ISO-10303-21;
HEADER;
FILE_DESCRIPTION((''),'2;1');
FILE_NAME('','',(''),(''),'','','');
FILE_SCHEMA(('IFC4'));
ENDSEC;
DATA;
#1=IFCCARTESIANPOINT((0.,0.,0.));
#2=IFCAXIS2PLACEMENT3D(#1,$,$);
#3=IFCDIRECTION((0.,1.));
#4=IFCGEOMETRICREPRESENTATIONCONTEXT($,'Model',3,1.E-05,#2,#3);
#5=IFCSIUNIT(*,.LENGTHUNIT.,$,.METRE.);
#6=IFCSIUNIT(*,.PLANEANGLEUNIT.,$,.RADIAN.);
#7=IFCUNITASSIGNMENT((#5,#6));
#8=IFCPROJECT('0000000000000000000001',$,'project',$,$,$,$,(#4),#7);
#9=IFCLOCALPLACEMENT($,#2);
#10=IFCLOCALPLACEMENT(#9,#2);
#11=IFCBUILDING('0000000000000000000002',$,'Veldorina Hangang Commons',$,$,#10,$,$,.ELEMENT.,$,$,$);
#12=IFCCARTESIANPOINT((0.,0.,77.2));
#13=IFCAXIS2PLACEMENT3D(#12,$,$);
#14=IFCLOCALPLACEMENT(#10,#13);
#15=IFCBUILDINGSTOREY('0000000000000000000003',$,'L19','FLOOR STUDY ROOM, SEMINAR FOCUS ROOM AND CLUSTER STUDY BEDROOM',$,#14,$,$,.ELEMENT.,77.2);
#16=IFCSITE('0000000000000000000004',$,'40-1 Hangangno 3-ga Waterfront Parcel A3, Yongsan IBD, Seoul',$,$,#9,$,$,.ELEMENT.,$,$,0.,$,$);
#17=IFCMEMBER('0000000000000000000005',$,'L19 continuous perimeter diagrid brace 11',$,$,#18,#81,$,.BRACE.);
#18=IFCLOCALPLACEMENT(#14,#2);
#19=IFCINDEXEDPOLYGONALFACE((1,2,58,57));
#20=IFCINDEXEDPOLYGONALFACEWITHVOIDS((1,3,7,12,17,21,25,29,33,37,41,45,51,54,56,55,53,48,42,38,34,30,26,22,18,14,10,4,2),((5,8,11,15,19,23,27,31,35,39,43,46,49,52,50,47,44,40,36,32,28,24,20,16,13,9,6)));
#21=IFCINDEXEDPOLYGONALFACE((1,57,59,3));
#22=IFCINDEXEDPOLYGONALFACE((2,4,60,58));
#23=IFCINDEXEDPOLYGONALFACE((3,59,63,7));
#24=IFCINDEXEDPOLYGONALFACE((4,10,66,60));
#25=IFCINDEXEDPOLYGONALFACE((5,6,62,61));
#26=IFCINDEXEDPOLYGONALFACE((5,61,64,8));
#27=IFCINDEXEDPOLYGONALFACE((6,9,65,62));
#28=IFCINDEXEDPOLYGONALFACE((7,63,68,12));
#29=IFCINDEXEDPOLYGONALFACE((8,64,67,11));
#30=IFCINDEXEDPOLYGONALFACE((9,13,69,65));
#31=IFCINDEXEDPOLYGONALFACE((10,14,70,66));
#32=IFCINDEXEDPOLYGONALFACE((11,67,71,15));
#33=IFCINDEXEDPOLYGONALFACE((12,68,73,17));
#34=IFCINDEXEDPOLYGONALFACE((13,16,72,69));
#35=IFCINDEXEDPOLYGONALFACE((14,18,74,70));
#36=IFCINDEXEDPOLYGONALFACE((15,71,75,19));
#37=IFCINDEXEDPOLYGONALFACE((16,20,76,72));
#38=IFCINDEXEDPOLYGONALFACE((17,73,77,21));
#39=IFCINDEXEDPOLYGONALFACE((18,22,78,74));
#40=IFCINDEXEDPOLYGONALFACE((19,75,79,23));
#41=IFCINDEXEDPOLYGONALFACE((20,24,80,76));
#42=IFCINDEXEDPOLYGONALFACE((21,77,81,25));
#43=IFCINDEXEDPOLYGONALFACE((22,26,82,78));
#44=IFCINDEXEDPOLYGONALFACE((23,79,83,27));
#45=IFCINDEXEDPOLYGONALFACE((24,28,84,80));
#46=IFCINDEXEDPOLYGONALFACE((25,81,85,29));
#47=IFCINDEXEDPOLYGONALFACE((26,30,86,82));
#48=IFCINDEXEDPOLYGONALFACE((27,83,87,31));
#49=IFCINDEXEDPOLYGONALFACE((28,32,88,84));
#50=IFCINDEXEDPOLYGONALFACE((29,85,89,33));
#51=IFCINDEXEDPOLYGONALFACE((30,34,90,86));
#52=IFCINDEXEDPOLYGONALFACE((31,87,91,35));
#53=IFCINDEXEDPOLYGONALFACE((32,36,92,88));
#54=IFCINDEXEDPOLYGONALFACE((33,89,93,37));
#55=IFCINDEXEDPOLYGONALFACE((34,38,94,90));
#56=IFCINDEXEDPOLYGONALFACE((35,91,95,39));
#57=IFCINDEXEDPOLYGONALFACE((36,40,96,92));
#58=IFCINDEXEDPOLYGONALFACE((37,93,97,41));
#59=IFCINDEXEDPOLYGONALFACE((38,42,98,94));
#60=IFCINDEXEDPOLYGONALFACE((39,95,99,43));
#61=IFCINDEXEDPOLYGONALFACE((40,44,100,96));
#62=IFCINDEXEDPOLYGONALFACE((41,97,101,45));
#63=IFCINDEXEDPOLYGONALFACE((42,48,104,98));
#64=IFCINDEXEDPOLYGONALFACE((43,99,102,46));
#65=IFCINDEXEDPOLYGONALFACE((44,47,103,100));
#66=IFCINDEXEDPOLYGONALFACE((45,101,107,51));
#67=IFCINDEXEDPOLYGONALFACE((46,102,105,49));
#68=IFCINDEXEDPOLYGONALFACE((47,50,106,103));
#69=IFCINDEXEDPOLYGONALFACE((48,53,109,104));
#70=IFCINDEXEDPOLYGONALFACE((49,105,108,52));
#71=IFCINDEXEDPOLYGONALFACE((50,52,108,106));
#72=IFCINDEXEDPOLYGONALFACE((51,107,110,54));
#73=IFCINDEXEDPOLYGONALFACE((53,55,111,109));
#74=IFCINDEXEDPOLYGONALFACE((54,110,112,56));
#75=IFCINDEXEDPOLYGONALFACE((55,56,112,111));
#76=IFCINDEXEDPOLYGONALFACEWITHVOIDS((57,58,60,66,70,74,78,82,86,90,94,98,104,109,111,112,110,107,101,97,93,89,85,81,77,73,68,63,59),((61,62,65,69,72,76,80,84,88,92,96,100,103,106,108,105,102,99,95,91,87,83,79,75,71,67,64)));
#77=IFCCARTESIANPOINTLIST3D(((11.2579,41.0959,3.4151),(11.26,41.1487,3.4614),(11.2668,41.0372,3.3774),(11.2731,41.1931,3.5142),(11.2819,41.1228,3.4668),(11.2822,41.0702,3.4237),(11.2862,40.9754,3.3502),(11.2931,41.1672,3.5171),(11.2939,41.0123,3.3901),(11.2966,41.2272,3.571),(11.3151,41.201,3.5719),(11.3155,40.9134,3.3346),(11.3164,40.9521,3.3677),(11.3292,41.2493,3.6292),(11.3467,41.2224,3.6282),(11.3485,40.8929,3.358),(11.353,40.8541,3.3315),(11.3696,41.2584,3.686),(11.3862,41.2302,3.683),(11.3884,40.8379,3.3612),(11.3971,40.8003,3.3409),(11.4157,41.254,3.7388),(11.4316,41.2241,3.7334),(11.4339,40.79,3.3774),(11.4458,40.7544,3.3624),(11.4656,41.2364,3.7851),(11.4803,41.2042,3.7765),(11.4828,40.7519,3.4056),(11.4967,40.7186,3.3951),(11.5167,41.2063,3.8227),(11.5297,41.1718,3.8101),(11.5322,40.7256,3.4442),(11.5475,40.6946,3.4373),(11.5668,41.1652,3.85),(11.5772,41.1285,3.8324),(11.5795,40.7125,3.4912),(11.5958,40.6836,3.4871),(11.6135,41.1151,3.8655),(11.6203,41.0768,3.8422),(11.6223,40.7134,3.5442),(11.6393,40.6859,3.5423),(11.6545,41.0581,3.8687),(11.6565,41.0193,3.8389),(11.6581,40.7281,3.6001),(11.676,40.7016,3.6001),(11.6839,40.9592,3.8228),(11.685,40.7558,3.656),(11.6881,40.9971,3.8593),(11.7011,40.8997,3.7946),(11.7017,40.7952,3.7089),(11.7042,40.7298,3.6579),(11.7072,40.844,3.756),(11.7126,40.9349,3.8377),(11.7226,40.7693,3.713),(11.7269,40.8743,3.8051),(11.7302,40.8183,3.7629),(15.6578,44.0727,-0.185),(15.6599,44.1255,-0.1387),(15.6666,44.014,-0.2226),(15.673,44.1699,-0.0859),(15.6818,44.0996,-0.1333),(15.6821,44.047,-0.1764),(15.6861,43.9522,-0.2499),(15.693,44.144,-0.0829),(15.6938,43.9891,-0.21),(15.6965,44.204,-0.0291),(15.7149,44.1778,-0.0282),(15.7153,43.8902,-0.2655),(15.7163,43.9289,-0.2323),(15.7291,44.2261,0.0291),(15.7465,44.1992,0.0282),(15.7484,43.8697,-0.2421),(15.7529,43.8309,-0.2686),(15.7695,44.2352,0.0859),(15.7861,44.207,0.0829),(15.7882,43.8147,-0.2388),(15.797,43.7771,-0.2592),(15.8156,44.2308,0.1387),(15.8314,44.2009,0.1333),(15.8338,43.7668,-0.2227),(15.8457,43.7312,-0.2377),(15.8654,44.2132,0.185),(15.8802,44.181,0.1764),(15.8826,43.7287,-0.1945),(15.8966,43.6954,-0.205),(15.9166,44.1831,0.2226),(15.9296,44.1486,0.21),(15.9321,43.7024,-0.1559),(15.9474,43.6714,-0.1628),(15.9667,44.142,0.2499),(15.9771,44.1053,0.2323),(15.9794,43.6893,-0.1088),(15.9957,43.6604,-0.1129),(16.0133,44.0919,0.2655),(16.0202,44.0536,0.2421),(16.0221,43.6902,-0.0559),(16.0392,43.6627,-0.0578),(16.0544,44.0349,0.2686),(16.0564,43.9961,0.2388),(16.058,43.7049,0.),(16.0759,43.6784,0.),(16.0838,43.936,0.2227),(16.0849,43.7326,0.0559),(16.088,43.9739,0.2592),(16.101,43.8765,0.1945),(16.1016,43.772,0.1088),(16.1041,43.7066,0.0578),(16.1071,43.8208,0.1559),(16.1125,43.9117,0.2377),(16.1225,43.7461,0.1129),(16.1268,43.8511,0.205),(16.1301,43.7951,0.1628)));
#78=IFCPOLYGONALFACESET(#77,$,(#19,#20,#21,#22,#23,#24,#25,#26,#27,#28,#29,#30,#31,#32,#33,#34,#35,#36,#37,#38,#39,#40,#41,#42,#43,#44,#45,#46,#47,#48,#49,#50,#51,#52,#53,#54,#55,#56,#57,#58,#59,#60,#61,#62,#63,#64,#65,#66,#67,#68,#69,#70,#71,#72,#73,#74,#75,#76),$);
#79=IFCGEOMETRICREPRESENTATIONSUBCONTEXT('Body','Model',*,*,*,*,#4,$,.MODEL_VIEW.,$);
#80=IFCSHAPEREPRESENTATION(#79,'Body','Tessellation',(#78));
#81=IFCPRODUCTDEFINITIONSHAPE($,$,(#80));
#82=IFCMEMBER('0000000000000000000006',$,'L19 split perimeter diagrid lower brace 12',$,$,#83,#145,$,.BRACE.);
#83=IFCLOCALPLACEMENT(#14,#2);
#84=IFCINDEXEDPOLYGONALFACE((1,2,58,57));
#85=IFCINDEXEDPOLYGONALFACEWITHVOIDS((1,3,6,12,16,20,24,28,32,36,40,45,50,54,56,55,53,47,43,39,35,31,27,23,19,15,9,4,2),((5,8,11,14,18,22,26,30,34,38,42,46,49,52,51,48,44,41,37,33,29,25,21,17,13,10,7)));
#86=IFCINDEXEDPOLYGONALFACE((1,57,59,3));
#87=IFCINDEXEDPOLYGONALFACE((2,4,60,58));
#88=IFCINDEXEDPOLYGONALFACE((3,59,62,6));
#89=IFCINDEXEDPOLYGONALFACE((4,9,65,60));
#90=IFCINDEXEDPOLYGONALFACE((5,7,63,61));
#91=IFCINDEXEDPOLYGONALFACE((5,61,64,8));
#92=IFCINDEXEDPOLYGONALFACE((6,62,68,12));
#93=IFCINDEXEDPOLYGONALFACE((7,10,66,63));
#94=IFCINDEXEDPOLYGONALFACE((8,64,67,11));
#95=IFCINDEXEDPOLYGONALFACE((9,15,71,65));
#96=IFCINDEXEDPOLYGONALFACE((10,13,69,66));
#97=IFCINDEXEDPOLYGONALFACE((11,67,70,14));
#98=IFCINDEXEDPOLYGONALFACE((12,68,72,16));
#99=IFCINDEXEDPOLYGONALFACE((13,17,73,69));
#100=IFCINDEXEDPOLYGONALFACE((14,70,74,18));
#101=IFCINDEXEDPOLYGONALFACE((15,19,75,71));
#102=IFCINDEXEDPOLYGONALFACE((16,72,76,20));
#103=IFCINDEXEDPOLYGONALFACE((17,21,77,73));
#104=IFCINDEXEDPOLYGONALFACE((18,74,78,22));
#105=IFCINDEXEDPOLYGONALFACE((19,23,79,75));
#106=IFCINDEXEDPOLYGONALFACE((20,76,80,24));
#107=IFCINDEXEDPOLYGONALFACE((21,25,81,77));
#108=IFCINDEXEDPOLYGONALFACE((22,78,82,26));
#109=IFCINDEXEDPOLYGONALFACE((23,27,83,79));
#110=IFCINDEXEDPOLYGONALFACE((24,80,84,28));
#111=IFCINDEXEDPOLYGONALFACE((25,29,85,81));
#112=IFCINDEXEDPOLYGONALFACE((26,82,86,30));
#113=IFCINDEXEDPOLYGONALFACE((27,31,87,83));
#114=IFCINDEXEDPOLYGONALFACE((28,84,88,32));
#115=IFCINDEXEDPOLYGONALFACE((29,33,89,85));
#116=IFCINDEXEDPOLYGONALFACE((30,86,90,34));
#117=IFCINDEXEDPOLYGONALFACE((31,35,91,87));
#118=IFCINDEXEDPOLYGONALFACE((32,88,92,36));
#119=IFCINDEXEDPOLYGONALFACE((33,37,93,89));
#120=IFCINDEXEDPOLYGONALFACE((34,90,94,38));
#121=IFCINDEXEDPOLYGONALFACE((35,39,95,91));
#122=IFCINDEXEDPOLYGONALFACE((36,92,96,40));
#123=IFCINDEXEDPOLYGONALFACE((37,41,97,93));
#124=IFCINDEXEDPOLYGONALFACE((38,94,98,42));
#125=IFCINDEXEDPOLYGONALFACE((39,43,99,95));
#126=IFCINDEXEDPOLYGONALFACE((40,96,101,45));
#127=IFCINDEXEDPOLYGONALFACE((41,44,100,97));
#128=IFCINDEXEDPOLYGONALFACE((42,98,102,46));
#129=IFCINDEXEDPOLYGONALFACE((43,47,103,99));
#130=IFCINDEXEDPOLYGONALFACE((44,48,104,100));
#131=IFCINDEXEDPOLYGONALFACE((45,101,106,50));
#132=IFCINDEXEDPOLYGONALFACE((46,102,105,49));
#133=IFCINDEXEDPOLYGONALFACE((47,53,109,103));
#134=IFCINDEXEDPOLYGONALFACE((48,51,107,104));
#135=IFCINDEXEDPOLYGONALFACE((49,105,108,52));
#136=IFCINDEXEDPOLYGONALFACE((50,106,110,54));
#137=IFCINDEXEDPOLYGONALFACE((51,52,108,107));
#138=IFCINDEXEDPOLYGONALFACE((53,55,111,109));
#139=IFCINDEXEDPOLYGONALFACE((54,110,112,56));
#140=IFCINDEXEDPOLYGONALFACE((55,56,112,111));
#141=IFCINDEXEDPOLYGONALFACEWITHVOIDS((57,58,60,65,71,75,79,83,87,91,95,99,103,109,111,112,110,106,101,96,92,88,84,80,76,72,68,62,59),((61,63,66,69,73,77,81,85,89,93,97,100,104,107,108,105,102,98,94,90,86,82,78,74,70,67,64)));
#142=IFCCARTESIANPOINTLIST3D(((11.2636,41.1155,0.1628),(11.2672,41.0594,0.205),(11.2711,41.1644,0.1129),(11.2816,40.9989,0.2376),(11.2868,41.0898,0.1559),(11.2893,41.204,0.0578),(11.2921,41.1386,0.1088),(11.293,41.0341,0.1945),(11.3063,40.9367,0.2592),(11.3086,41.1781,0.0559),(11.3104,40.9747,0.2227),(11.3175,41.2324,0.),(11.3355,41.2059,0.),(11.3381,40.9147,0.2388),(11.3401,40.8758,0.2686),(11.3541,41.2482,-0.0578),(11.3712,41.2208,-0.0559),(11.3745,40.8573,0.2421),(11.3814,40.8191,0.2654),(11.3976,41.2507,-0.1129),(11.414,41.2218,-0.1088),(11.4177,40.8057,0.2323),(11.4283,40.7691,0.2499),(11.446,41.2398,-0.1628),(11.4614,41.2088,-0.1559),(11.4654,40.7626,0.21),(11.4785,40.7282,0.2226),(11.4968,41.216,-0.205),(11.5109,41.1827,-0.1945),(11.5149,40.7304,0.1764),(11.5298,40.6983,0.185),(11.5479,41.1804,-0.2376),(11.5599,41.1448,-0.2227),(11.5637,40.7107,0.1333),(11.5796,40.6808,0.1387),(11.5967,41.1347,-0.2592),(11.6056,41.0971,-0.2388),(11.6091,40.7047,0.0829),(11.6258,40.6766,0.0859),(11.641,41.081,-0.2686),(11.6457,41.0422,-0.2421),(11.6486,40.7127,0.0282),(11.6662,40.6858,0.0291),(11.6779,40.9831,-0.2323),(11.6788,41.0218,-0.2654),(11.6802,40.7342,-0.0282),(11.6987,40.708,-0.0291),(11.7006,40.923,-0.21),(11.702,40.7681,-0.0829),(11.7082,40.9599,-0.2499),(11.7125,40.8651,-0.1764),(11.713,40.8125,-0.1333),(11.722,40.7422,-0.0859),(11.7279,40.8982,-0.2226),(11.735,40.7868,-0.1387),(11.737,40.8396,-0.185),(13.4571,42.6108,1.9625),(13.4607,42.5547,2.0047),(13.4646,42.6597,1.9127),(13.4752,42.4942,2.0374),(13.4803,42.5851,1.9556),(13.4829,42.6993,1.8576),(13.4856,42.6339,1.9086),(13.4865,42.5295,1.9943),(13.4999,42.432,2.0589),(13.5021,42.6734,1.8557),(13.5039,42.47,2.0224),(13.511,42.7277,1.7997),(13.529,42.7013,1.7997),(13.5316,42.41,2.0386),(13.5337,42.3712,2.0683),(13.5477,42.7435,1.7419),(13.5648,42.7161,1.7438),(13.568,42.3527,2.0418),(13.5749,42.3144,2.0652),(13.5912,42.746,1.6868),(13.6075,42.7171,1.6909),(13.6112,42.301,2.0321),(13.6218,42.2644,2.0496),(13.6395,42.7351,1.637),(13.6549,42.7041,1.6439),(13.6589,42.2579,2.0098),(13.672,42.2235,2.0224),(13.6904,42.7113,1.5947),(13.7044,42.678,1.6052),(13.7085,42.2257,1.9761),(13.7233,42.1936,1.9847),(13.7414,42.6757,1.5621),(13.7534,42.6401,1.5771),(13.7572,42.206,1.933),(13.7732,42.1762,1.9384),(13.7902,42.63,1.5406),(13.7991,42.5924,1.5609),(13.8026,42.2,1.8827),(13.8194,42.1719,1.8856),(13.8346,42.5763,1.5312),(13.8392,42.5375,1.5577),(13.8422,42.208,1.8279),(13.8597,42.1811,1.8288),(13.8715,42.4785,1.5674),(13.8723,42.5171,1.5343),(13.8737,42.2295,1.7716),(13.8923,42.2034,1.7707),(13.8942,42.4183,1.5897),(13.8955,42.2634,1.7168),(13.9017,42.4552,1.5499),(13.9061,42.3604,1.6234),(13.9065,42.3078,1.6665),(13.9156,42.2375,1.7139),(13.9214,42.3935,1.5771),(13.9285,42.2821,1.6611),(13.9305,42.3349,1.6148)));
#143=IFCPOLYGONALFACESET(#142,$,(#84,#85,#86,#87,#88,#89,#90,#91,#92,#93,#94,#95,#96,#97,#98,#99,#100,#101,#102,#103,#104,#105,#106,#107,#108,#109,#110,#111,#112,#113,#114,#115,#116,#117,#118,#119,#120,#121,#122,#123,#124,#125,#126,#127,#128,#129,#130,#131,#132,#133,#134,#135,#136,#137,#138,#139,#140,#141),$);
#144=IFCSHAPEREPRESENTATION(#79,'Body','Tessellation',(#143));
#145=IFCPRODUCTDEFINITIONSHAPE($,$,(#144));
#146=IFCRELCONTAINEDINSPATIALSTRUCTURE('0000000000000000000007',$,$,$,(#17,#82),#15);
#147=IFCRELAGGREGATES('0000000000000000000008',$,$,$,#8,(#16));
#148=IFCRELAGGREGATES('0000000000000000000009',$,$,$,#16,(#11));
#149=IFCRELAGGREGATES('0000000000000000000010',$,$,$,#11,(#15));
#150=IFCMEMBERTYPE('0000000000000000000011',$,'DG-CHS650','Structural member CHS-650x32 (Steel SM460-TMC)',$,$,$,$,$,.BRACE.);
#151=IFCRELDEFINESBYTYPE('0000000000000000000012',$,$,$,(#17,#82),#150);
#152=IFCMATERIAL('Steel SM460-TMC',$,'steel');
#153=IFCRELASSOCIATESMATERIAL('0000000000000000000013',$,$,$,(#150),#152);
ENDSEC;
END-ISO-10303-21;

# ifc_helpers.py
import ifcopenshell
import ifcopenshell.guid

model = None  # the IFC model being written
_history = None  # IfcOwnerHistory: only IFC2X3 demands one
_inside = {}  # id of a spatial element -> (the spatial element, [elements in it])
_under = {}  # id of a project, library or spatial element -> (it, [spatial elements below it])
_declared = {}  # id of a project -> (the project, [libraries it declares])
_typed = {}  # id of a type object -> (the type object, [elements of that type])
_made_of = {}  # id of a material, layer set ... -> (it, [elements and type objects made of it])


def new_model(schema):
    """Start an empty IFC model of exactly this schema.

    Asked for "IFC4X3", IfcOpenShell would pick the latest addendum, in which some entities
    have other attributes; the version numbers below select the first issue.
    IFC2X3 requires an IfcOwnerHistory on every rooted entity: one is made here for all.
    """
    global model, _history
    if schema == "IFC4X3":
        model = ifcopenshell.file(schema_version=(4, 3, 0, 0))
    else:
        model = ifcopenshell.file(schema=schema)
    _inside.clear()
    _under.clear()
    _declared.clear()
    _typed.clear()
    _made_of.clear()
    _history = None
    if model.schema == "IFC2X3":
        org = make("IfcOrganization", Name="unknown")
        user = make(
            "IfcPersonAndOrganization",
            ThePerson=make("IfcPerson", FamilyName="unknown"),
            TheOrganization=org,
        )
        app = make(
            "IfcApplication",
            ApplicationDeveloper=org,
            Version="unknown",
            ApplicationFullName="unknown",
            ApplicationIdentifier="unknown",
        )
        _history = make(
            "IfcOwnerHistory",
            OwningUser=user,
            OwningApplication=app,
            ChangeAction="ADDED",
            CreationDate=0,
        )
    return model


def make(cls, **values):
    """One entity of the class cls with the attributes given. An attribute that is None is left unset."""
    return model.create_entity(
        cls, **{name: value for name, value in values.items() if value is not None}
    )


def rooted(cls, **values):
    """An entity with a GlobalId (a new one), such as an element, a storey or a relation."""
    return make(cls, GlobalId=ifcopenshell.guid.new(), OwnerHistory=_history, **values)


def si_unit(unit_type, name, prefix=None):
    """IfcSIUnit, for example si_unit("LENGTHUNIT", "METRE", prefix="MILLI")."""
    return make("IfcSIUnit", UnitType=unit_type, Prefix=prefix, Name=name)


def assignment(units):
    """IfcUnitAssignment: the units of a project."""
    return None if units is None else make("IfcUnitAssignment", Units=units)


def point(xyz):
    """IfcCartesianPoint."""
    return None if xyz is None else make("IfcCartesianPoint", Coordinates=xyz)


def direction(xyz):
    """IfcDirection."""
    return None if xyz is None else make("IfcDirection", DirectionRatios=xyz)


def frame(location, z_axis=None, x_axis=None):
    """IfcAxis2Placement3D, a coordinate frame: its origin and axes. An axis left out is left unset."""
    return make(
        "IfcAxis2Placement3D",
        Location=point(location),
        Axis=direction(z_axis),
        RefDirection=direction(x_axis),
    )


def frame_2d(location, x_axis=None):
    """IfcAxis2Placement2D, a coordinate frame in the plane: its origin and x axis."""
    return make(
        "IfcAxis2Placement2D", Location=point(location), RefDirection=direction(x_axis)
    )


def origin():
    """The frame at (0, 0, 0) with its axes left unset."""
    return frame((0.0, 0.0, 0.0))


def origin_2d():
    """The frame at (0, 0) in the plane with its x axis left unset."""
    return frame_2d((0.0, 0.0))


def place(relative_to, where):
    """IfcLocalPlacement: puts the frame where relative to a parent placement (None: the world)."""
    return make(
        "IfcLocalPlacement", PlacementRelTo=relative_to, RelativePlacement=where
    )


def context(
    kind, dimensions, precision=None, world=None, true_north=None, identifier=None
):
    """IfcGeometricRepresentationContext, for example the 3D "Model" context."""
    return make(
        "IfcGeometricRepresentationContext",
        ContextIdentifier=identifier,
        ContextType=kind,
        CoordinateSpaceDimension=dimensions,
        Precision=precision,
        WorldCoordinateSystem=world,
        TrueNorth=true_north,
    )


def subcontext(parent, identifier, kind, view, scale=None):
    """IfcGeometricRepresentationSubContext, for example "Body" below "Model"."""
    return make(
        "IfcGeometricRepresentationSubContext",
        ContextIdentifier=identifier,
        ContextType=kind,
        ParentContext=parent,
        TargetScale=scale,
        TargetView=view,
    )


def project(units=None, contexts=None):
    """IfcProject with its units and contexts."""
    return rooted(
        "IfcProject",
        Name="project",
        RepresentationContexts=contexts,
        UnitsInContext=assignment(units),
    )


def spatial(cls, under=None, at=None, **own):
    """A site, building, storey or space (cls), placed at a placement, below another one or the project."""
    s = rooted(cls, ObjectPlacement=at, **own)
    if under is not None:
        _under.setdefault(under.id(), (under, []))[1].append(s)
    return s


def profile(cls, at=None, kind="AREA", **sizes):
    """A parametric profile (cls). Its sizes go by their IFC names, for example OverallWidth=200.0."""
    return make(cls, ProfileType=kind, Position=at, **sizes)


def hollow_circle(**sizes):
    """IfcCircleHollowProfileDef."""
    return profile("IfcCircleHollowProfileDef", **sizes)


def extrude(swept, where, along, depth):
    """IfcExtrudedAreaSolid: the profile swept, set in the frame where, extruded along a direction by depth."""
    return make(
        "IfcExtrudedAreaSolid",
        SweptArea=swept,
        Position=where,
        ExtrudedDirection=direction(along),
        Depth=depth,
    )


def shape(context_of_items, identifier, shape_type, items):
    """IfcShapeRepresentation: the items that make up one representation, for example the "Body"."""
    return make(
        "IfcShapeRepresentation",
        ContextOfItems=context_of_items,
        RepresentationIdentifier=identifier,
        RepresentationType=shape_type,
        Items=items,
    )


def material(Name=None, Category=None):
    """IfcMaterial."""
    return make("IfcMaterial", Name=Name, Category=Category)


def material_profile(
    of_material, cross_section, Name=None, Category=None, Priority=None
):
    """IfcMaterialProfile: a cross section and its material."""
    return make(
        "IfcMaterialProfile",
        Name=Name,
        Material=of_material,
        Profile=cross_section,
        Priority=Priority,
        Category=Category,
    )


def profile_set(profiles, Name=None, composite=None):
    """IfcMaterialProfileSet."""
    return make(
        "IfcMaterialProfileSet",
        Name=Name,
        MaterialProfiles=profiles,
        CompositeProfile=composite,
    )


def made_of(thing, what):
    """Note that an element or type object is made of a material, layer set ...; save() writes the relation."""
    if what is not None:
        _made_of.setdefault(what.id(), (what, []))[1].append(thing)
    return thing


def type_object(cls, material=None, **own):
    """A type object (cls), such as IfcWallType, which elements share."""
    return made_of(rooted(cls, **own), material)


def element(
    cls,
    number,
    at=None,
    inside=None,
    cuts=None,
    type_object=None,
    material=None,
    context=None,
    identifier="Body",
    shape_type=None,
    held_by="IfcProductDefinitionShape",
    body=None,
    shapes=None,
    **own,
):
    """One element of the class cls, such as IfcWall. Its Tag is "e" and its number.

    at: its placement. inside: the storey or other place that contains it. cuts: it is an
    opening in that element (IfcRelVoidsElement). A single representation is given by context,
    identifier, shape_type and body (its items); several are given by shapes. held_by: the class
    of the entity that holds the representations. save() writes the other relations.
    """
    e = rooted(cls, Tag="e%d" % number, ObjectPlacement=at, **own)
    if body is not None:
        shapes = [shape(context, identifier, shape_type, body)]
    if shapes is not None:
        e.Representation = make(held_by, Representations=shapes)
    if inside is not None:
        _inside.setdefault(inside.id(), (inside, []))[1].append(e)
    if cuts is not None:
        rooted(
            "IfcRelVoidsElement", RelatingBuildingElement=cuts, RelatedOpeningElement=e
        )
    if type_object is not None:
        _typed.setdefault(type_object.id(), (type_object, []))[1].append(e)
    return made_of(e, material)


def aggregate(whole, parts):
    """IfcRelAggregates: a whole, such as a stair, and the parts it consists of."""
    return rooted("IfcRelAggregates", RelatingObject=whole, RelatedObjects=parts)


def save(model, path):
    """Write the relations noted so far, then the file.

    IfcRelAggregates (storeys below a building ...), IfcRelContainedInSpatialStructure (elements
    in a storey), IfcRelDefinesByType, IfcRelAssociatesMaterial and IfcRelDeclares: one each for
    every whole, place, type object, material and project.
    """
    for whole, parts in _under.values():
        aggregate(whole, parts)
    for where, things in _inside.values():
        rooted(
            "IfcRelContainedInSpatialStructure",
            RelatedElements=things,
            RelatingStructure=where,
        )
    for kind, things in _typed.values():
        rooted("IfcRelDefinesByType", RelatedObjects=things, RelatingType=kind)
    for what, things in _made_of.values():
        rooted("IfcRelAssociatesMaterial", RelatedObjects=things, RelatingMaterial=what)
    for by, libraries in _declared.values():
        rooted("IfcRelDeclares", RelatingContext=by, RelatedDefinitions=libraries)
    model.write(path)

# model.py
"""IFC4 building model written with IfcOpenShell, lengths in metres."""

from ifc_helpers import new_model, si_unit, direction, frame, origin, origin_2d, place, context, subcontext, project, spatial, hollow_circle, extrude, material, material_profile, profile_set, type_object, element, save


model = new_model("IFC4")

# Units and contexts
model_context = context("Model", 3, precision=1e-05, world=origin(), true_north=direction((0.0, 1.0)))
body_context = subcontext(model_context, "Body", "Model", "MODEL_VIEW")
ifc_project = project(units=[si_unit("LENGTHUNIT", "METRE"), si_unit("PLANEANGLEUNIT", "RADIAN")], contexts=[model_context])

# Site, building, storey
site_placement = place(None, origin())
site = spatial("IfcSite", under=ifc_project, at=site_placement, Name="40-1 Hangangno 3-ga Waterfront Parcel A3, Yongsan IBD, Seoul", CompositionType="ELEMENT", RefElevation=0.0)
building_placement = place(site_placement, origin())
building = spatial("IfcBuilding", under=site, at=building_placement, Name="Veldorina Hangang Commons", CompositionType="ELEMENT")
storey_placement = place(building_placement, frame((0.0, 0.0, 77.2)))
storey = spatial("IfcBuildingStorey", under=building, at=storey_placement, Name="L19", Description="FLOOR STUDY ROOM, SEMINAR FOCUS ROOM AND CLUSTER STUDY BEDROOM", CompositionType="ELEMENT", Elevation=77.2)

# Members
ifc_material_1 = material(Name="Steel SM460-TMC", Category="steel")
ifc_material_profile_1 = material_profile(ifc_material_1, hollow_circle(Radius=0.325, WallThickness=0.032, at=origin_2d()), Name="CHS-650x32")
ifc_profile_set_1 = profile_set([ifc_material_profile_1], Name="Steel SM460-TMC")
member_type = type_object("IfcMemberType", Name="DG-CHS650", Description="Structural member CHS-650x32 (Steel SM460-TMC)", PredefinedType="BRACE", material=ifc_profile_set_1)
member_1_placement = place(storey_placement, frame((15.8938, 43.9475, 0.0), z_axis=(-0.685636, -0.463875, 0.561002), x_axis=(0.560361, -0.828248, 0.0)))
element("IfcMember", 1, at=member_1_placement, inside=storey, type_object=member_type, Name="L19 continuous perimeter diagrid brace 11", PredefinedType="BRACE", context=body_context, shape_type="SweptSolid", body=[
    extrude(hollow_circle(Radius=0.325, WallThickness=0.032, at=origin_2d()), origin(), (0.0, 0.0, 1.0), 6.4172),
])
member_2_placement = place(storey_placement, frame((11.5005, 40.9639, 0.0), z_axis=(0.683923, 0.466225, 0.561144), x_axis=(-0.563265, 0.826276, 0.0)))
element("IfcMember", 2, at=member_2_placement, inside=storey, type_object=member_type, Name="L19 split perimeter diagrid lower brace 12", PredefinedType="BRACE", context=body_context, shape_type="SweptSolid", body=[
    extrude(hollow_circle(Radius=0.325, WallThickness=0.032, at=origin_2d()), origin(), (0.0, 0.0, 1.0), 3.2073),
])

save(model, "model.ifc")
